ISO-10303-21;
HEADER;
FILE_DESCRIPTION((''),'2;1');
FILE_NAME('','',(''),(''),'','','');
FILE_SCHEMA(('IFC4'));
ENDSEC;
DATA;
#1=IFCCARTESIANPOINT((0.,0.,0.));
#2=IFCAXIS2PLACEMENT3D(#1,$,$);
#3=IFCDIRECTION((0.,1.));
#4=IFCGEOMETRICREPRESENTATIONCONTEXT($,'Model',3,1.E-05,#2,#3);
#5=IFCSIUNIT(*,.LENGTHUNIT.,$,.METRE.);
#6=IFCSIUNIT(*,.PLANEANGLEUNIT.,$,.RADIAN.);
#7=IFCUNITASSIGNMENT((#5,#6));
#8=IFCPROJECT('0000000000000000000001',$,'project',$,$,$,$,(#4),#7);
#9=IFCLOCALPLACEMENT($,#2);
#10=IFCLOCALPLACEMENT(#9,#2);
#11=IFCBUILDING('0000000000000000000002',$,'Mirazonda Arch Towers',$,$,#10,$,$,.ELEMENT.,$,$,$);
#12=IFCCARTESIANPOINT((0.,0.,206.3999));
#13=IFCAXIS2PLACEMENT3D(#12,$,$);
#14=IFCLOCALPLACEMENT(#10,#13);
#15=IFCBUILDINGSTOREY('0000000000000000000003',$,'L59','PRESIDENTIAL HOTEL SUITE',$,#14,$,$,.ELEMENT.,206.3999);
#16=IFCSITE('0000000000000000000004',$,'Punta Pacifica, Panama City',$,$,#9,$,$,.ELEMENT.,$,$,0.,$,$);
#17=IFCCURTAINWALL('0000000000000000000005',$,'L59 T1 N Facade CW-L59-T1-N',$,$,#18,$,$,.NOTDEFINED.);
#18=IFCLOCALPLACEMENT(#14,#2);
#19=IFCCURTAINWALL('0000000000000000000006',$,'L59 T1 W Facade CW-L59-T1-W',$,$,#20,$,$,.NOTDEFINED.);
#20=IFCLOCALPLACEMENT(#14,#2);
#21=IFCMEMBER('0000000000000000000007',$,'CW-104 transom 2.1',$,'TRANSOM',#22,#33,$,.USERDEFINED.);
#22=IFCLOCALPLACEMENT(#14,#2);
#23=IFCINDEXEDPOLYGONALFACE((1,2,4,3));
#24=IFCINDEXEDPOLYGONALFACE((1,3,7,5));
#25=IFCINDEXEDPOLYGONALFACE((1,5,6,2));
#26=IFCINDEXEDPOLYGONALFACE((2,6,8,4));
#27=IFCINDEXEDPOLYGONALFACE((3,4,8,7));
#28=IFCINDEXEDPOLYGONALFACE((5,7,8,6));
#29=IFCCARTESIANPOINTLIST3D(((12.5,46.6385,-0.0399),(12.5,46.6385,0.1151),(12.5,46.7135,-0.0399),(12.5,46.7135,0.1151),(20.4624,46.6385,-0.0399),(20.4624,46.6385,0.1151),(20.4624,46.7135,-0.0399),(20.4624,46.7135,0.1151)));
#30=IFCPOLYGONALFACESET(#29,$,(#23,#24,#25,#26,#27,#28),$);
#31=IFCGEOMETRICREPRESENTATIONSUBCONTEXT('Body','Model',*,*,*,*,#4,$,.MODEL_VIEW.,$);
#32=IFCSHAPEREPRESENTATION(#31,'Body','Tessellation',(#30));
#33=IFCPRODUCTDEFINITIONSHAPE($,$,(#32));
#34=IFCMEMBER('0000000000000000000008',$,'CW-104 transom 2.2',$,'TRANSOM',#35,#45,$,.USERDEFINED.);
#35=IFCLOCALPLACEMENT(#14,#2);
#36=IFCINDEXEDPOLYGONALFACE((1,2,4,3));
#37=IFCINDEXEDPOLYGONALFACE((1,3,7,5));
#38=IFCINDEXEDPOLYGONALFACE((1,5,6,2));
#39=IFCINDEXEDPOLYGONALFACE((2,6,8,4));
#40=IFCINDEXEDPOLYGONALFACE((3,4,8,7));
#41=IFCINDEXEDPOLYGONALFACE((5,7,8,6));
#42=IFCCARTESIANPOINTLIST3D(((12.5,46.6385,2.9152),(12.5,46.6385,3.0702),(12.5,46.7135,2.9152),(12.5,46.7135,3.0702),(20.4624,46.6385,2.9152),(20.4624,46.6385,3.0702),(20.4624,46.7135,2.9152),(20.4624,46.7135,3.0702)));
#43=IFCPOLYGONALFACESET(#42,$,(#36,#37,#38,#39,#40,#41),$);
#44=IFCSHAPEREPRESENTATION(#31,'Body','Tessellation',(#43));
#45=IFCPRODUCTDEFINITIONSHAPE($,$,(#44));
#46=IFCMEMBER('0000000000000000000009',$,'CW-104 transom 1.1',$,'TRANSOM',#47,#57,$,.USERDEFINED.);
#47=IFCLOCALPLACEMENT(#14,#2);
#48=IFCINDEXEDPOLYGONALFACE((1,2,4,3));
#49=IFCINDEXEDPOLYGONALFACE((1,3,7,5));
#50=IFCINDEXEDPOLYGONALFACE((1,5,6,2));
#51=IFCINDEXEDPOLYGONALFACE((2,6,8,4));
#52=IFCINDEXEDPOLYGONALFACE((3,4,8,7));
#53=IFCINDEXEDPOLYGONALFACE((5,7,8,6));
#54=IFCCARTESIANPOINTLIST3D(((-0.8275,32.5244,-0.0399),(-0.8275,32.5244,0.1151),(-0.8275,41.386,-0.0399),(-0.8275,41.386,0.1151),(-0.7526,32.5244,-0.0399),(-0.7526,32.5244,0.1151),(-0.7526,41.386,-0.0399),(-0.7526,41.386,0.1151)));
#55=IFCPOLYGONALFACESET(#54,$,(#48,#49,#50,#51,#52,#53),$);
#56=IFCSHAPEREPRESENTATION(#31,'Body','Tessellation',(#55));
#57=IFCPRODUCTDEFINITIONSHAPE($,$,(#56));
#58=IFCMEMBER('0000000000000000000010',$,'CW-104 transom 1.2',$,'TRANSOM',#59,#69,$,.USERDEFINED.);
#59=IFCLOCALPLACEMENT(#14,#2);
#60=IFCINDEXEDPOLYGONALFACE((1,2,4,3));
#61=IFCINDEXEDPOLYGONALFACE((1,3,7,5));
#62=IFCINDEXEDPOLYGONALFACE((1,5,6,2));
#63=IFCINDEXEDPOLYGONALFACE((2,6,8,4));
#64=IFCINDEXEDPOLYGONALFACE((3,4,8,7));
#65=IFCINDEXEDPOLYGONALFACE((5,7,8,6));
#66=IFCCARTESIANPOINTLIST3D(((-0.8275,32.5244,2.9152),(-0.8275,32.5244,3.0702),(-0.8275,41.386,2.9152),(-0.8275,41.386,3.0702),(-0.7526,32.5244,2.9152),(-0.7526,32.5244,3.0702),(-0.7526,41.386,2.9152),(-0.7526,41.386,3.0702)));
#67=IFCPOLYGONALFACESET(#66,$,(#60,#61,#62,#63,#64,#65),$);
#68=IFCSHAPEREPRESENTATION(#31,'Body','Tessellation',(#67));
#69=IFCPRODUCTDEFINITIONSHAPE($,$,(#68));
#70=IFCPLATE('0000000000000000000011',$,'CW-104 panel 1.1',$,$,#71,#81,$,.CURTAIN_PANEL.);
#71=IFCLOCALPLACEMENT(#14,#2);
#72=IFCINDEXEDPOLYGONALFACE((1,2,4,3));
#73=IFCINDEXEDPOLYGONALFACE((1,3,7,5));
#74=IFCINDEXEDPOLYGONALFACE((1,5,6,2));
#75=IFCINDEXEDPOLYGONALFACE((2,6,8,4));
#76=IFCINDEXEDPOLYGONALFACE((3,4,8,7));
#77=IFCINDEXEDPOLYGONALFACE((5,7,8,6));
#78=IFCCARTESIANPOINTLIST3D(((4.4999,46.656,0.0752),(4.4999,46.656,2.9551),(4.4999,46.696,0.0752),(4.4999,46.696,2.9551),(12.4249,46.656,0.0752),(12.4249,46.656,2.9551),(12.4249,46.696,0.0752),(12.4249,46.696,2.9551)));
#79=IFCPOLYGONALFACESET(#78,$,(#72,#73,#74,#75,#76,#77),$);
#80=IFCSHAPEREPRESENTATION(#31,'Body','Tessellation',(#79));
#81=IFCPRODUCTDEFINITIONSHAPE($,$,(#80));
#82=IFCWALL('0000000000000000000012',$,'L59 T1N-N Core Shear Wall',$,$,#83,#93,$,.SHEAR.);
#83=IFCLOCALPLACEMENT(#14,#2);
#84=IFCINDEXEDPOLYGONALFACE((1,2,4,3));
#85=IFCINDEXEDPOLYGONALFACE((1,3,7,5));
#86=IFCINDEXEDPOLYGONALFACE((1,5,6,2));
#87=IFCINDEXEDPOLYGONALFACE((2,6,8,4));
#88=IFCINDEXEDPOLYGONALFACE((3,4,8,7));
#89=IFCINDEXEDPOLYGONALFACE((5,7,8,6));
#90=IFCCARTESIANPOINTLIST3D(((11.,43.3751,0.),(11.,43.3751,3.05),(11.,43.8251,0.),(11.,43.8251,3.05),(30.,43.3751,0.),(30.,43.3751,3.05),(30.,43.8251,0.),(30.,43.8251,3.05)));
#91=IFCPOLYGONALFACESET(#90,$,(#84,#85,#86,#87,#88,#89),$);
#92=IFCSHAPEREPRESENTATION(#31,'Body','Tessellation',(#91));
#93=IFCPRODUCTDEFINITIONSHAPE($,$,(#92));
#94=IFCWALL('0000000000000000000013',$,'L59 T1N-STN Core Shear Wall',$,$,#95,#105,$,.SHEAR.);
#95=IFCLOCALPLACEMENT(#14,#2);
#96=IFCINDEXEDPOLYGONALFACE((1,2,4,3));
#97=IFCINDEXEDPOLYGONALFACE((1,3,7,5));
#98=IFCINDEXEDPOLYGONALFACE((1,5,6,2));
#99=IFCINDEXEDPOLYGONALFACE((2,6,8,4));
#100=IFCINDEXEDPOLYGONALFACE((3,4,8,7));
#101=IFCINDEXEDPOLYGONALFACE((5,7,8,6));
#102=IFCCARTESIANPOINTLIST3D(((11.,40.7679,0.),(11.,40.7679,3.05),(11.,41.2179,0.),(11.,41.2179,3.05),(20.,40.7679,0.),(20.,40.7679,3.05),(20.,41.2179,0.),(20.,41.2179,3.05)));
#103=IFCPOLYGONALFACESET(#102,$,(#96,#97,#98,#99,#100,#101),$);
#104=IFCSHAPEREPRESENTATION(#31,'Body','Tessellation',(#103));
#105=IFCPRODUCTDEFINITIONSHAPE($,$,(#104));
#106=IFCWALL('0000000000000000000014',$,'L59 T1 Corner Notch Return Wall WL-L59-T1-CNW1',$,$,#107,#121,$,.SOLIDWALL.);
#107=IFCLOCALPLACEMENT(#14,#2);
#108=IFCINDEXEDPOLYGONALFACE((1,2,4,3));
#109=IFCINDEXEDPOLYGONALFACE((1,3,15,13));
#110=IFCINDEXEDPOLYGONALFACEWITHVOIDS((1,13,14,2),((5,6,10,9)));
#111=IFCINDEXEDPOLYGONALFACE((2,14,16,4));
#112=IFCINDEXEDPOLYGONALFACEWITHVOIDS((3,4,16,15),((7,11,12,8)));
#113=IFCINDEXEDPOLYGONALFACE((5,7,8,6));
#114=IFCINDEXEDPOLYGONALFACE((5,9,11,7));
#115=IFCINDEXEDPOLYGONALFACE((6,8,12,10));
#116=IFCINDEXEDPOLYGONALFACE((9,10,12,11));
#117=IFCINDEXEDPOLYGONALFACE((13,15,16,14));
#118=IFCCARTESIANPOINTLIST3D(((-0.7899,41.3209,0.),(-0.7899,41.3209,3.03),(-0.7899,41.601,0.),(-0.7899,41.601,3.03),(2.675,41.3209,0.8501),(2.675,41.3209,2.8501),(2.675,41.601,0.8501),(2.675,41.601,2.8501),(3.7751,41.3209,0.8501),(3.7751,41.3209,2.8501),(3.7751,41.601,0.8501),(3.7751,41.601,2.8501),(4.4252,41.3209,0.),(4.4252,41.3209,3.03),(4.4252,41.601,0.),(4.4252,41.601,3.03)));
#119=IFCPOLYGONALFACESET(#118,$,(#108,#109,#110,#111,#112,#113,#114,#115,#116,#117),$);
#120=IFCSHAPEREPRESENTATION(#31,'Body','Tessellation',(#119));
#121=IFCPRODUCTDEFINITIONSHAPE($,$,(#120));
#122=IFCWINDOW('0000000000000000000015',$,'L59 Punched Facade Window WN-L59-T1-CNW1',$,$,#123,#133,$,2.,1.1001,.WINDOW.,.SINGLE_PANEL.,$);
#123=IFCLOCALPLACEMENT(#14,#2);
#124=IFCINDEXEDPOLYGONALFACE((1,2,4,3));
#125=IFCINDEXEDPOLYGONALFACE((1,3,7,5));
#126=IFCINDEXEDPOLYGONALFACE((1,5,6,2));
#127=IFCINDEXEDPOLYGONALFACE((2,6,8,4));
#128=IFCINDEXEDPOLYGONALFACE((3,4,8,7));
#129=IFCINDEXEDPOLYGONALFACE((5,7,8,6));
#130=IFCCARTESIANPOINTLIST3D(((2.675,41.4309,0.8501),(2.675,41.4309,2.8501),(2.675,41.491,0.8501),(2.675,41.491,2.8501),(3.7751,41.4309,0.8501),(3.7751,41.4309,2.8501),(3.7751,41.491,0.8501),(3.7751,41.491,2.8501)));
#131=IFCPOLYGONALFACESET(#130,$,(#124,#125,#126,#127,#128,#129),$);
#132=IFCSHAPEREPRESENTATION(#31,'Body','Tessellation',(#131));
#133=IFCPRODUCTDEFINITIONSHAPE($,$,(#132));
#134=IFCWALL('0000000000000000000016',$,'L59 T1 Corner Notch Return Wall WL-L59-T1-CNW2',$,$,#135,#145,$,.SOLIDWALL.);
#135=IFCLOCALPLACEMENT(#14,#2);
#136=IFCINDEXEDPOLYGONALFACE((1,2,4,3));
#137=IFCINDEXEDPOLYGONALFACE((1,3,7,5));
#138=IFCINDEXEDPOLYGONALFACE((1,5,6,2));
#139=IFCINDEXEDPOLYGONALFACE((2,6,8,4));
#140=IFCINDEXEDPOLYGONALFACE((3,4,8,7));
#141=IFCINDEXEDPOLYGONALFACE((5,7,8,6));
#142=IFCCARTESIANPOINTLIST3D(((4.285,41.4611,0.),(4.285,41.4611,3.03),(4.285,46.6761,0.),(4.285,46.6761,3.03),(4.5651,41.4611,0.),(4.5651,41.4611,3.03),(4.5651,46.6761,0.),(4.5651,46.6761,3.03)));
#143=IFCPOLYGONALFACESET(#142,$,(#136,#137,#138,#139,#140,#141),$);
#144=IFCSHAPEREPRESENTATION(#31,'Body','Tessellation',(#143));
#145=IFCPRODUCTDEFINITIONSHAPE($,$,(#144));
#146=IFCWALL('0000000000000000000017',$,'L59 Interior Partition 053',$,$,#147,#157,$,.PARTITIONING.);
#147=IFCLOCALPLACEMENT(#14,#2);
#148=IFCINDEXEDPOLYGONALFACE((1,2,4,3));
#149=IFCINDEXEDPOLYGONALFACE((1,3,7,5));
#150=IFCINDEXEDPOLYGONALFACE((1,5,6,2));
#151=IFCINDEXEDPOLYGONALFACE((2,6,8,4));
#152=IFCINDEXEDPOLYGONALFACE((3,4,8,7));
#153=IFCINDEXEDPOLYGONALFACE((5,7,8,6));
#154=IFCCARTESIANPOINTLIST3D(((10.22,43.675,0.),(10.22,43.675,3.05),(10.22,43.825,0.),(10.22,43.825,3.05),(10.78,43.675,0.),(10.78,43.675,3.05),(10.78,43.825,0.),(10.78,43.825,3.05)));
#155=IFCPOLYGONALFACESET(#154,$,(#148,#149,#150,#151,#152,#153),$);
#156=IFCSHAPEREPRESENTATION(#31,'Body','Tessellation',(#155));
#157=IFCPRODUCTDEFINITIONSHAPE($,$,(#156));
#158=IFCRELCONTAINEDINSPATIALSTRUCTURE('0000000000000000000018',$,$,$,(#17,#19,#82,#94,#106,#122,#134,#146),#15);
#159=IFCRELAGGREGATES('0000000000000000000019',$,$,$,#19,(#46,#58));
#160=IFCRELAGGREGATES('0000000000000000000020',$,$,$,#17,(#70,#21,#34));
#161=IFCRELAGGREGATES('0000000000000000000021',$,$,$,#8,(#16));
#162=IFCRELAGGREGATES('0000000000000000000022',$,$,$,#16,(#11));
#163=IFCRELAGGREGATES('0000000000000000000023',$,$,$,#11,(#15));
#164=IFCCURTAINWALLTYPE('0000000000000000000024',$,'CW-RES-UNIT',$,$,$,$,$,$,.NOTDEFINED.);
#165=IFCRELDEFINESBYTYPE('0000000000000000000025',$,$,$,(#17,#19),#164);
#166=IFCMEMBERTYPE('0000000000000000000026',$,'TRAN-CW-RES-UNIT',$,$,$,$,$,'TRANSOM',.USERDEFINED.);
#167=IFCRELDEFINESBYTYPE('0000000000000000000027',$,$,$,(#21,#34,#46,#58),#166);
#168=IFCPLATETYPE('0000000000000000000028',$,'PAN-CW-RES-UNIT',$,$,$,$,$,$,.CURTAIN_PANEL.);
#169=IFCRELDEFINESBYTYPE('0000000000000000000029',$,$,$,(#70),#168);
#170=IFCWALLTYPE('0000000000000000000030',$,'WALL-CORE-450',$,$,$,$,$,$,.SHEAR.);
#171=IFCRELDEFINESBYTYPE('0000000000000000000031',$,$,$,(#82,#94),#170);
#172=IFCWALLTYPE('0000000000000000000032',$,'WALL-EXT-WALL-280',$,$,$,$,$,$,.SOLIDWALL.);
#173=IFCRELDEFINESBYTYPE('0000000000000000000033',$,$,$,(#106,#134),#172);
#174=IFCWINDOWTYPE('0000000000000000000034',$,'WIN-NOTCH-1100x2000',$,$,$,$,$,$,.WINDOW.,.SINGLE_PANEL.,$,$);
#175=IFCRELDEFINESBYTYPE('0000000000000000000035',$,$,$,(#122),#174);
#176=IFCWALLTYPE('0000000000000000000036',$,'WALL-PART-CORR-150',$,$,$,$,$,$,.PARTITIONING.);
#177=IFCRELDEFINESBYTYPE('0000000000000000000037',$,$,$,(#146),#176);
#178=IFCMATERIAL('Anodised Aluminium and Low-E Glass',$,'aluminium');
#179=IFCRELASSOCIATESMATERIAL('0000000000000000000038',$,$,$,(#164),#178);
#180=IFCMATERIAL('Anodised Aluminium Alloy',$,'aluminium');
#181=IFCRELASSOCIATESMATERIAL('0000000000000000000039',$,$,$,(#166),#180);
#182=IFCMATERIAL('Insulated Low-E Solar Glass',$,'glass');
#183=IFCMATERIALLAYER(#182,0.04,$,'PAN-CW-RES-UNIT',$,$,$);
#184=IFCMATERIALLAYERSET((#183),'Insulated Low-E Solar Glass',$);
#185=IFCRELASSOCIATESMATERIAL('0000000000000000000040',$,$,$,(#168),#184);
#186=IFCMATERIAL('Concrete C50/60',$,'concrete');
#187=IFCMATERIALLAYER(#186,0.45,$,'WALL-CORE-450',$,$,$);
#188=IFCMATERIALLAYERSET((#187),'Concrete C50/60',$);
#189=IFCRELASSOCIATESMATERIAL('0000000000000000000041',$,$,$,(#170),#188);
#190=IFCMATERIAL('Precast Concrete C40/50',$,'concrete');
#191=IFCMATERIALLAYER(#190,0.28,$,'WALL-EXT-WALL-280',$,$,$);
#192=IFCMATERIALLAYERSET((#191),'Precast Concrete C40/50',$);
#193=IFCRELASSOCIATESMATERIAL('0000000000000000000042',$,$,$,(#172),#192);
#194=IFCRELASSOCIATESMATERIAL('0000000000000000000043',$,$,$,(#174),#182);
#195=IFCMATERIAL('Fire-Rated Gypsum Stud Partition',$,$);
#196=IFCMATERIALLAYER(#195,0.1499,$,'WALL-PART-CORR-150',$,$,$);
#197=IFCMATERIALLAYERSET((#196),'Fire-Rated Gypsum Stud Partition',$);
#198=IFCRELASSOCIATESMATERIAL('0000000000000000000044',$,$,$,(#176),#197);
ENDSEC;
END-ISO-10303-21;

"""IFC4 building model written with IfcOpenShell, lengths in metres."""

from ifc_helpers import new_model, si_unit, direction, frame, frame_2d, origin, origin_2d, place, context, subcontext, project, spatial, rectangle, extrude, material, layer, layer_set, material_profile, profile_set, type_object, element, fill, aggregate, save


model = new_model("IFC4")

# Units and contexts
model_context = context("Model", 3, precision=1e-05, world=origin(), true_north=direction((0.0, 1.0)))
body_context = subcontext(model_context, "Body", "Model", "MODEL_VIEW")
ifc_project = project(units=[si_unit("LENGTHUNIT", "METRE"), si_unit("PLANEANGLEUNIT", "RADIAN")], contexts=[model_context])

# Site, building, storey
site_placement = place(None, origin())
site = spatial("IfcSite", under=ifc_project, at=site_placement, Name="Punta Pacifica, Panama City", CompositionType="ELEMENT", RefElevation=0.0)
building_placement = place(site_placement, origin())
building = spatial("IfcBuilding", under=site, at=building_placement, Name="Mirazonda Arch Towers", CompositionType="ELEMENT")
storey_placement = place(building_placement, frame((0.0, 0.0, 206.3999)))
storey = spatial("IfcBuildingStorey", under=building, at=storey_placement, Name="L59", Description="PRESIDENTIAL HOTEL SUITE", CompositionType="ELEMENT", Elevation=206.3999)

# Shared definitions
ifc_material_1 = material(Name="Concrete C50/60", Category="concrete")

# Curtain wall
ifc_material_2 = material(Name="Anodised Aluminium and Low-E Glass", Category="aluminium")
curtain_wall_type = type_object("IfcCurtainWallType", Name="CW-RES-UNIT", PredefinedType="NOTDEFINED", material=ifc_material_2)
curtain_wall_1_placement = place(storey_placement, origin())
curtain_wall_1 = element("IfcCurtainWall", 1, at=curtain_wall_1_placement, inside=storey, type_object=curtain_wall_type, Name="L59 T1 N Facade CW-L59-T1-N", PredefinedType="NOTDEFINED")
ifc_material_3 = material(Name="Anodised Aluminium Alloy", Category="aluminium")

# Curtain wall
curtain_wall_2_placement = place(storey_placement, origin())
curtain_wall_2 = element("IfcCurtainWall", 2, at=curtain_wall_2_placement, inside=storey, type_object=curtain_wall_type, Name="L59 T1 W Facade CW-L59-T1-W", PredefinedType="NOTDEFINED")

# Members
ifc_material_profile_1 = material_profile(ifc_material_3, rectangle(XDim=0.075, YDim=0.155, at=origin_2d()), Name="ALU-TRAN-75x155")
ifc_profile_set_1 = profile_set([ifc_material_profile_1], Name="Anodised Aluminium Alloy")
member_type_1 = type_object("IfcMemberType", Name="TRAN-CW-RES-UNIT", ElementType="TRANSOM", PredefinedType="USERDEFINED", material=ifc_profile_set_1)
member_1_placement = place(storey_placement, frame((12.5, 46.676, 0.0376), z_axis=(1.0, 0.0, 0.0), x_axis=(0.0, 1.0, 0.0)))
member_1 = element("IfcMember", 3, at=member_1_placement, type_object=member_type_1, Name="CW-104 transom 2.1", ObjectType="TRANSOM", PredefinedType="USERDEFINED", context=body_context, shape_type="SweptSolid", body=[
    extrude(rectangle(XDim=0.075, YDim=0.155, at=origin_2d()), origin(), (0.0, 0.0, 1.0), 7.9624),
])
member_2_placement = place(storey_placement, frame((12.5, 46.676, 2.9927), z_axis=(1.0, 0.0, 0.0), x_axis=(0.0, 1.0, 0.0)))
member_2 = element("IfcMember", 4, at=member_2_placement, type_object=member_type_1, Name="CW-104 transom 2.2", ObjectType="TRANSOM", PredefinedType="USERDEFINED", context=body_context, shape_type="SweptSolid", body=[
    extrude(rectangle(XDim=0.075, YDim=0.155, at=origin_2d()), origin(), (0.0, 0.0, 1.0), 7.9624),
])
member_3_placement = place(storey_placement, frame((-0.79, 41.386, 0.0376), z_axis=(0.0, -1.0, 0.0), x_axis=(1.0, 0.0, 0.0)))
member_3 = element("IfcMember", 5, at=member_3_placement, type_object=member_type_1, Name="CW-104 transom 1.1", ObjectType="TRANSOM", PredefinedType="USERDEFINED", context=body_context, shape_type="SweptSolid", body=[
    extrude(rectangle(XDim=0.075, YDim=0.155, at=origin_2d()), origin(), (0.0, 0.0, 1.0), 8.8616),
])
member_4_placement = place(storey_placement, frame((-0.79, 41.386, 2.9927), z_axis=(0.0, -1.0, 0.0), x_axis=(1.0, 0.0, 0.0)))
member_4 = element("IfcMember", 6, at=member_4_placement, type_object=member_type_1, Name="CW-104 transom 1.2", ObjectType="TRANSOM", PredefinedType="USERDEFINED", context=body_context, shape_type="SweptSolid", body=[
    extrude(rectangle(XDim=0.075, YDim=0.155, at=origin_2d()), origin(), (0.0, 0.0, 1.0), 8.8616),
])
aggregate(curtain_wall_2, [member_3, member_4])

# Plate
ifc_material_4 = material(Name="Insulated Low-E Solar Glass", Category="glass")
ifc_layer_1 = layer(ifc_material_4, 0.04, Name="PAN-CW-RES-UNIT")
ifc_layer_set_1 = layer_set([ifc_layer_1], Name="Insulated Low-E Solar Glass")
plate_type = type_object("IfcPlateType", Name="PAN-CW-RES-UNIT", PredefinedType="CURTAIN_PANEL", material=ifc_layer_set_1)
plate_placement = place(storey_placement, frame((8.4624, 46.676, 0.0752), z_axis=(0.0, 0.0, 1.0), x_axis=(1.0, 0.0, 0.0)))
plate = element("IfcPlate", 7, at=plate_placement, type_object=plate_type, Name="CW-104 panel 1.1", PredefinedType="CURTAIN_PANEL", context=body_context, shape_type="SweptSolid", body=[
    extrude(rectangle(XDim=7.925, YDim=0.04, at=origin_2d()), origin(), (0.0, 0.0, 1.0), 2.8799),
])
aggregate(curtain_wall_1, [plate, member_1, member_2])

# Walls
ifc_layer_2 = layer(ifc_material_1, 0.45, Name="WALL-CORE-450")
ifc_layer_set_2 = layer_set([ifc_layer_2], Name="Concrete C50/60")
wall_type_1 = type_object("IfcWallType", Name="WALL-CORE-450", PredefinedType="SHEAR", material=ifc_layer_set_2)
wall_1_placement = place(storey_placement, frame((11.0, 43.6001, 0.0), z_axis=(0.0, 0.0, 1.0), x_axis=(1.0, 0.0, 0.0)))
element("IfcWall", 8, at=wall_1_placement, inside=storey, type_object=wall_type_1, Name="L59 T1N-N Core Shear Wall", PredefinedType="SHEAR", context=body_context, shape_type="SweptSolid", body=[
    extrude(rectangle(XDim=19.0, YDim=0.45, at=frame_2d((9.5, 0.0))), origin(), (0.0, 0.0, 1.0), 3.05),
])
wall_2_placement = place(storey_placement, frame((11.0, 40.9929, 0.0), z_axis=(0.0, 0.0, 1.0), x_axis=(1.0, 0.0, 0.0)))
element("IfcWall", 9, at=wall_2_placement, inside=storey, type_object=wall_type_1, Name="L59 T1N-STN Core Shear Wall", PredefinedType="SHEAR", context=body_context, shape_type="SweptSolid", body=[
    extrude(rectangle(XDim=9.0, YDim=0.45, at=frame_2d((4.5, 0.0))), origin(), (0.0, 0.0, 1.0), 3.05),
])

# Wall, opening, window
ifc_material_5 = material(Name="Precast Concrete C40/50", Category="concrete")
ifc_layer_3 = layer(ifc_material_5, 0.28, Name="WALL-EXT-WALL-280")
ifc_layer_set_3 = layer_set([ifc_layer_3], Name="Precast Concrete C40/50")
wall_type_2 = type_object("IfcWallType", Name="WALL-EXT-WALL-280", PredefinedType="SOLIDWALL", material=ifc_layer_set_3)
wall_3_placement = place(storey_placement, frame((4.425, 41.4609, 0.0), z_axis=(0.0, 0.0, 1.0), x_axis=(-1.0, 0.0, 0.0)))
wall_3 = element("IfcWall", 10, at=wall_3_placement, inside=storey, type_object=wall_type_2, Name="L59 T1 Corner Notch Return Wall WL-L59-T1-CNW1", PredefinedType="SOLIDWALL", context=body_context, shape_type="SweptSolid", body=[
    extrude(rectangle(XDim=5.2151, YDim=0.28, at=frame_2d((2.6074, 0.0))), origin(), (0.0, 0.0, 1.0), 3.03),
])
opening_1_placement = place(wall_3_placement, frame((0.6499, 0.0, 0.8501)))
opening_1 = element("IfcOpeningElement", 11, at=opening_1_placement, cuts=wall_3, PredefinedType="OPENING", context=body_context, shape_type="SweptSolid", body=[
    extrude(rectangle(XDim=1.1001, YDim=2.0, at=frame_2d((0.55, 1.0))), frame((0.0, 0.1499, 0.0), z_axis=(0.0, -1.0, 0.0), x_axis=(1.0, 0.0, 0.0)), (0.0, 0.0, 1.0), 0.3),
])
window_type = type_object("IfcWindowType", Name="WIN-NOTCH-1100x2000", PartitioningType="SINGLE_PANEL", PredefinedType="WINDOW", material=ifc_material_4)
window_placement = place(opening_1_placement, origin())
window = element("IfcWindow", 12, at=window_placement, inside=storey, type_object=window_type, Name="L59 Punched Facade Window WN-L59-T1-CNW1", OverallHeight=2.0, OverallWidth=1.1001, PartitioningType="SINGLE_PANEL", PredefinedType="WINDOW", context=body_context, shape_type="SweptSolid", body=[
    extrude(rectangle(XDim=1.1001, YDim=2.0, at=frame_2d((0.55, 1.0))), frame((0.0, 0.03, 0.0), z_axis=(0.0, -1.0, 0.0), x_axis=(1.0, 0.0, 0.0)), (0.0, 0.0, 1.0), 0.0601),
])
fill(opening_1, window)

# Walls
wall_4_placement = place(storey_placement, frame((4.425, 46.676, 0.0), z_axis=(0.0, 0.0, 1.0), x_axis=(0.0, -1.0, 0.0)))
element("IfcWall", 13, at=wall_4_placement, inside=storey, type_object=wall_type_2, Name="L59 T1 Corner Notch Return Wall WL-L59-T1-CNW2", PredefinedType="SOLIDWALL", context=body_context, shape_type="SweptSolid", body=[
    extrude(rectangle(XDim=5.2151, YDim=0.28, at=frame_2d((2.6074, 0.0))), origin(), (0.0, 0.0, 1.0), 3.03),
])
ifc_material_6 = material(Name="Fire-Rated Gypsum Stud Partition")
ifc_layer_4 = layer(ifc_material_6, 0.1499, Name="WALL-PART-CORR-150")
ifc_layer_set_4 = layer_set([ifc_layer_4], Name="Fire-Rated Gypsum Stud Partition")
wall_type_3 = type_object("IfcWallType", Name="WALL-PART-CORR-150", PredefinedType="PARTITIONING", material=ifc_layer_set_4)
wall_5_placement = place(storey_placement, frame((10.22, 43.75, 0.0), z_axis=(0.0, 0.0, 1.0), x_axis=(1.0, 0.0, 0.0)))
element("IfcWall", 14, at=wall_5_placement, inside=storey, type_object=wall_type_3, Name="L59 Interior Partition 053", PredefinedType="PARTITIONING", context=body_context, shape_type="SweptSolid", body=[
    extrude(rectangle(XDim=0.5601, YDim=0.1499, at=frame_2d((0.28, 0.0))), origin(), (0.0, 0.0, 1.0), 3.05),
])

save(model, "model.ifc")
